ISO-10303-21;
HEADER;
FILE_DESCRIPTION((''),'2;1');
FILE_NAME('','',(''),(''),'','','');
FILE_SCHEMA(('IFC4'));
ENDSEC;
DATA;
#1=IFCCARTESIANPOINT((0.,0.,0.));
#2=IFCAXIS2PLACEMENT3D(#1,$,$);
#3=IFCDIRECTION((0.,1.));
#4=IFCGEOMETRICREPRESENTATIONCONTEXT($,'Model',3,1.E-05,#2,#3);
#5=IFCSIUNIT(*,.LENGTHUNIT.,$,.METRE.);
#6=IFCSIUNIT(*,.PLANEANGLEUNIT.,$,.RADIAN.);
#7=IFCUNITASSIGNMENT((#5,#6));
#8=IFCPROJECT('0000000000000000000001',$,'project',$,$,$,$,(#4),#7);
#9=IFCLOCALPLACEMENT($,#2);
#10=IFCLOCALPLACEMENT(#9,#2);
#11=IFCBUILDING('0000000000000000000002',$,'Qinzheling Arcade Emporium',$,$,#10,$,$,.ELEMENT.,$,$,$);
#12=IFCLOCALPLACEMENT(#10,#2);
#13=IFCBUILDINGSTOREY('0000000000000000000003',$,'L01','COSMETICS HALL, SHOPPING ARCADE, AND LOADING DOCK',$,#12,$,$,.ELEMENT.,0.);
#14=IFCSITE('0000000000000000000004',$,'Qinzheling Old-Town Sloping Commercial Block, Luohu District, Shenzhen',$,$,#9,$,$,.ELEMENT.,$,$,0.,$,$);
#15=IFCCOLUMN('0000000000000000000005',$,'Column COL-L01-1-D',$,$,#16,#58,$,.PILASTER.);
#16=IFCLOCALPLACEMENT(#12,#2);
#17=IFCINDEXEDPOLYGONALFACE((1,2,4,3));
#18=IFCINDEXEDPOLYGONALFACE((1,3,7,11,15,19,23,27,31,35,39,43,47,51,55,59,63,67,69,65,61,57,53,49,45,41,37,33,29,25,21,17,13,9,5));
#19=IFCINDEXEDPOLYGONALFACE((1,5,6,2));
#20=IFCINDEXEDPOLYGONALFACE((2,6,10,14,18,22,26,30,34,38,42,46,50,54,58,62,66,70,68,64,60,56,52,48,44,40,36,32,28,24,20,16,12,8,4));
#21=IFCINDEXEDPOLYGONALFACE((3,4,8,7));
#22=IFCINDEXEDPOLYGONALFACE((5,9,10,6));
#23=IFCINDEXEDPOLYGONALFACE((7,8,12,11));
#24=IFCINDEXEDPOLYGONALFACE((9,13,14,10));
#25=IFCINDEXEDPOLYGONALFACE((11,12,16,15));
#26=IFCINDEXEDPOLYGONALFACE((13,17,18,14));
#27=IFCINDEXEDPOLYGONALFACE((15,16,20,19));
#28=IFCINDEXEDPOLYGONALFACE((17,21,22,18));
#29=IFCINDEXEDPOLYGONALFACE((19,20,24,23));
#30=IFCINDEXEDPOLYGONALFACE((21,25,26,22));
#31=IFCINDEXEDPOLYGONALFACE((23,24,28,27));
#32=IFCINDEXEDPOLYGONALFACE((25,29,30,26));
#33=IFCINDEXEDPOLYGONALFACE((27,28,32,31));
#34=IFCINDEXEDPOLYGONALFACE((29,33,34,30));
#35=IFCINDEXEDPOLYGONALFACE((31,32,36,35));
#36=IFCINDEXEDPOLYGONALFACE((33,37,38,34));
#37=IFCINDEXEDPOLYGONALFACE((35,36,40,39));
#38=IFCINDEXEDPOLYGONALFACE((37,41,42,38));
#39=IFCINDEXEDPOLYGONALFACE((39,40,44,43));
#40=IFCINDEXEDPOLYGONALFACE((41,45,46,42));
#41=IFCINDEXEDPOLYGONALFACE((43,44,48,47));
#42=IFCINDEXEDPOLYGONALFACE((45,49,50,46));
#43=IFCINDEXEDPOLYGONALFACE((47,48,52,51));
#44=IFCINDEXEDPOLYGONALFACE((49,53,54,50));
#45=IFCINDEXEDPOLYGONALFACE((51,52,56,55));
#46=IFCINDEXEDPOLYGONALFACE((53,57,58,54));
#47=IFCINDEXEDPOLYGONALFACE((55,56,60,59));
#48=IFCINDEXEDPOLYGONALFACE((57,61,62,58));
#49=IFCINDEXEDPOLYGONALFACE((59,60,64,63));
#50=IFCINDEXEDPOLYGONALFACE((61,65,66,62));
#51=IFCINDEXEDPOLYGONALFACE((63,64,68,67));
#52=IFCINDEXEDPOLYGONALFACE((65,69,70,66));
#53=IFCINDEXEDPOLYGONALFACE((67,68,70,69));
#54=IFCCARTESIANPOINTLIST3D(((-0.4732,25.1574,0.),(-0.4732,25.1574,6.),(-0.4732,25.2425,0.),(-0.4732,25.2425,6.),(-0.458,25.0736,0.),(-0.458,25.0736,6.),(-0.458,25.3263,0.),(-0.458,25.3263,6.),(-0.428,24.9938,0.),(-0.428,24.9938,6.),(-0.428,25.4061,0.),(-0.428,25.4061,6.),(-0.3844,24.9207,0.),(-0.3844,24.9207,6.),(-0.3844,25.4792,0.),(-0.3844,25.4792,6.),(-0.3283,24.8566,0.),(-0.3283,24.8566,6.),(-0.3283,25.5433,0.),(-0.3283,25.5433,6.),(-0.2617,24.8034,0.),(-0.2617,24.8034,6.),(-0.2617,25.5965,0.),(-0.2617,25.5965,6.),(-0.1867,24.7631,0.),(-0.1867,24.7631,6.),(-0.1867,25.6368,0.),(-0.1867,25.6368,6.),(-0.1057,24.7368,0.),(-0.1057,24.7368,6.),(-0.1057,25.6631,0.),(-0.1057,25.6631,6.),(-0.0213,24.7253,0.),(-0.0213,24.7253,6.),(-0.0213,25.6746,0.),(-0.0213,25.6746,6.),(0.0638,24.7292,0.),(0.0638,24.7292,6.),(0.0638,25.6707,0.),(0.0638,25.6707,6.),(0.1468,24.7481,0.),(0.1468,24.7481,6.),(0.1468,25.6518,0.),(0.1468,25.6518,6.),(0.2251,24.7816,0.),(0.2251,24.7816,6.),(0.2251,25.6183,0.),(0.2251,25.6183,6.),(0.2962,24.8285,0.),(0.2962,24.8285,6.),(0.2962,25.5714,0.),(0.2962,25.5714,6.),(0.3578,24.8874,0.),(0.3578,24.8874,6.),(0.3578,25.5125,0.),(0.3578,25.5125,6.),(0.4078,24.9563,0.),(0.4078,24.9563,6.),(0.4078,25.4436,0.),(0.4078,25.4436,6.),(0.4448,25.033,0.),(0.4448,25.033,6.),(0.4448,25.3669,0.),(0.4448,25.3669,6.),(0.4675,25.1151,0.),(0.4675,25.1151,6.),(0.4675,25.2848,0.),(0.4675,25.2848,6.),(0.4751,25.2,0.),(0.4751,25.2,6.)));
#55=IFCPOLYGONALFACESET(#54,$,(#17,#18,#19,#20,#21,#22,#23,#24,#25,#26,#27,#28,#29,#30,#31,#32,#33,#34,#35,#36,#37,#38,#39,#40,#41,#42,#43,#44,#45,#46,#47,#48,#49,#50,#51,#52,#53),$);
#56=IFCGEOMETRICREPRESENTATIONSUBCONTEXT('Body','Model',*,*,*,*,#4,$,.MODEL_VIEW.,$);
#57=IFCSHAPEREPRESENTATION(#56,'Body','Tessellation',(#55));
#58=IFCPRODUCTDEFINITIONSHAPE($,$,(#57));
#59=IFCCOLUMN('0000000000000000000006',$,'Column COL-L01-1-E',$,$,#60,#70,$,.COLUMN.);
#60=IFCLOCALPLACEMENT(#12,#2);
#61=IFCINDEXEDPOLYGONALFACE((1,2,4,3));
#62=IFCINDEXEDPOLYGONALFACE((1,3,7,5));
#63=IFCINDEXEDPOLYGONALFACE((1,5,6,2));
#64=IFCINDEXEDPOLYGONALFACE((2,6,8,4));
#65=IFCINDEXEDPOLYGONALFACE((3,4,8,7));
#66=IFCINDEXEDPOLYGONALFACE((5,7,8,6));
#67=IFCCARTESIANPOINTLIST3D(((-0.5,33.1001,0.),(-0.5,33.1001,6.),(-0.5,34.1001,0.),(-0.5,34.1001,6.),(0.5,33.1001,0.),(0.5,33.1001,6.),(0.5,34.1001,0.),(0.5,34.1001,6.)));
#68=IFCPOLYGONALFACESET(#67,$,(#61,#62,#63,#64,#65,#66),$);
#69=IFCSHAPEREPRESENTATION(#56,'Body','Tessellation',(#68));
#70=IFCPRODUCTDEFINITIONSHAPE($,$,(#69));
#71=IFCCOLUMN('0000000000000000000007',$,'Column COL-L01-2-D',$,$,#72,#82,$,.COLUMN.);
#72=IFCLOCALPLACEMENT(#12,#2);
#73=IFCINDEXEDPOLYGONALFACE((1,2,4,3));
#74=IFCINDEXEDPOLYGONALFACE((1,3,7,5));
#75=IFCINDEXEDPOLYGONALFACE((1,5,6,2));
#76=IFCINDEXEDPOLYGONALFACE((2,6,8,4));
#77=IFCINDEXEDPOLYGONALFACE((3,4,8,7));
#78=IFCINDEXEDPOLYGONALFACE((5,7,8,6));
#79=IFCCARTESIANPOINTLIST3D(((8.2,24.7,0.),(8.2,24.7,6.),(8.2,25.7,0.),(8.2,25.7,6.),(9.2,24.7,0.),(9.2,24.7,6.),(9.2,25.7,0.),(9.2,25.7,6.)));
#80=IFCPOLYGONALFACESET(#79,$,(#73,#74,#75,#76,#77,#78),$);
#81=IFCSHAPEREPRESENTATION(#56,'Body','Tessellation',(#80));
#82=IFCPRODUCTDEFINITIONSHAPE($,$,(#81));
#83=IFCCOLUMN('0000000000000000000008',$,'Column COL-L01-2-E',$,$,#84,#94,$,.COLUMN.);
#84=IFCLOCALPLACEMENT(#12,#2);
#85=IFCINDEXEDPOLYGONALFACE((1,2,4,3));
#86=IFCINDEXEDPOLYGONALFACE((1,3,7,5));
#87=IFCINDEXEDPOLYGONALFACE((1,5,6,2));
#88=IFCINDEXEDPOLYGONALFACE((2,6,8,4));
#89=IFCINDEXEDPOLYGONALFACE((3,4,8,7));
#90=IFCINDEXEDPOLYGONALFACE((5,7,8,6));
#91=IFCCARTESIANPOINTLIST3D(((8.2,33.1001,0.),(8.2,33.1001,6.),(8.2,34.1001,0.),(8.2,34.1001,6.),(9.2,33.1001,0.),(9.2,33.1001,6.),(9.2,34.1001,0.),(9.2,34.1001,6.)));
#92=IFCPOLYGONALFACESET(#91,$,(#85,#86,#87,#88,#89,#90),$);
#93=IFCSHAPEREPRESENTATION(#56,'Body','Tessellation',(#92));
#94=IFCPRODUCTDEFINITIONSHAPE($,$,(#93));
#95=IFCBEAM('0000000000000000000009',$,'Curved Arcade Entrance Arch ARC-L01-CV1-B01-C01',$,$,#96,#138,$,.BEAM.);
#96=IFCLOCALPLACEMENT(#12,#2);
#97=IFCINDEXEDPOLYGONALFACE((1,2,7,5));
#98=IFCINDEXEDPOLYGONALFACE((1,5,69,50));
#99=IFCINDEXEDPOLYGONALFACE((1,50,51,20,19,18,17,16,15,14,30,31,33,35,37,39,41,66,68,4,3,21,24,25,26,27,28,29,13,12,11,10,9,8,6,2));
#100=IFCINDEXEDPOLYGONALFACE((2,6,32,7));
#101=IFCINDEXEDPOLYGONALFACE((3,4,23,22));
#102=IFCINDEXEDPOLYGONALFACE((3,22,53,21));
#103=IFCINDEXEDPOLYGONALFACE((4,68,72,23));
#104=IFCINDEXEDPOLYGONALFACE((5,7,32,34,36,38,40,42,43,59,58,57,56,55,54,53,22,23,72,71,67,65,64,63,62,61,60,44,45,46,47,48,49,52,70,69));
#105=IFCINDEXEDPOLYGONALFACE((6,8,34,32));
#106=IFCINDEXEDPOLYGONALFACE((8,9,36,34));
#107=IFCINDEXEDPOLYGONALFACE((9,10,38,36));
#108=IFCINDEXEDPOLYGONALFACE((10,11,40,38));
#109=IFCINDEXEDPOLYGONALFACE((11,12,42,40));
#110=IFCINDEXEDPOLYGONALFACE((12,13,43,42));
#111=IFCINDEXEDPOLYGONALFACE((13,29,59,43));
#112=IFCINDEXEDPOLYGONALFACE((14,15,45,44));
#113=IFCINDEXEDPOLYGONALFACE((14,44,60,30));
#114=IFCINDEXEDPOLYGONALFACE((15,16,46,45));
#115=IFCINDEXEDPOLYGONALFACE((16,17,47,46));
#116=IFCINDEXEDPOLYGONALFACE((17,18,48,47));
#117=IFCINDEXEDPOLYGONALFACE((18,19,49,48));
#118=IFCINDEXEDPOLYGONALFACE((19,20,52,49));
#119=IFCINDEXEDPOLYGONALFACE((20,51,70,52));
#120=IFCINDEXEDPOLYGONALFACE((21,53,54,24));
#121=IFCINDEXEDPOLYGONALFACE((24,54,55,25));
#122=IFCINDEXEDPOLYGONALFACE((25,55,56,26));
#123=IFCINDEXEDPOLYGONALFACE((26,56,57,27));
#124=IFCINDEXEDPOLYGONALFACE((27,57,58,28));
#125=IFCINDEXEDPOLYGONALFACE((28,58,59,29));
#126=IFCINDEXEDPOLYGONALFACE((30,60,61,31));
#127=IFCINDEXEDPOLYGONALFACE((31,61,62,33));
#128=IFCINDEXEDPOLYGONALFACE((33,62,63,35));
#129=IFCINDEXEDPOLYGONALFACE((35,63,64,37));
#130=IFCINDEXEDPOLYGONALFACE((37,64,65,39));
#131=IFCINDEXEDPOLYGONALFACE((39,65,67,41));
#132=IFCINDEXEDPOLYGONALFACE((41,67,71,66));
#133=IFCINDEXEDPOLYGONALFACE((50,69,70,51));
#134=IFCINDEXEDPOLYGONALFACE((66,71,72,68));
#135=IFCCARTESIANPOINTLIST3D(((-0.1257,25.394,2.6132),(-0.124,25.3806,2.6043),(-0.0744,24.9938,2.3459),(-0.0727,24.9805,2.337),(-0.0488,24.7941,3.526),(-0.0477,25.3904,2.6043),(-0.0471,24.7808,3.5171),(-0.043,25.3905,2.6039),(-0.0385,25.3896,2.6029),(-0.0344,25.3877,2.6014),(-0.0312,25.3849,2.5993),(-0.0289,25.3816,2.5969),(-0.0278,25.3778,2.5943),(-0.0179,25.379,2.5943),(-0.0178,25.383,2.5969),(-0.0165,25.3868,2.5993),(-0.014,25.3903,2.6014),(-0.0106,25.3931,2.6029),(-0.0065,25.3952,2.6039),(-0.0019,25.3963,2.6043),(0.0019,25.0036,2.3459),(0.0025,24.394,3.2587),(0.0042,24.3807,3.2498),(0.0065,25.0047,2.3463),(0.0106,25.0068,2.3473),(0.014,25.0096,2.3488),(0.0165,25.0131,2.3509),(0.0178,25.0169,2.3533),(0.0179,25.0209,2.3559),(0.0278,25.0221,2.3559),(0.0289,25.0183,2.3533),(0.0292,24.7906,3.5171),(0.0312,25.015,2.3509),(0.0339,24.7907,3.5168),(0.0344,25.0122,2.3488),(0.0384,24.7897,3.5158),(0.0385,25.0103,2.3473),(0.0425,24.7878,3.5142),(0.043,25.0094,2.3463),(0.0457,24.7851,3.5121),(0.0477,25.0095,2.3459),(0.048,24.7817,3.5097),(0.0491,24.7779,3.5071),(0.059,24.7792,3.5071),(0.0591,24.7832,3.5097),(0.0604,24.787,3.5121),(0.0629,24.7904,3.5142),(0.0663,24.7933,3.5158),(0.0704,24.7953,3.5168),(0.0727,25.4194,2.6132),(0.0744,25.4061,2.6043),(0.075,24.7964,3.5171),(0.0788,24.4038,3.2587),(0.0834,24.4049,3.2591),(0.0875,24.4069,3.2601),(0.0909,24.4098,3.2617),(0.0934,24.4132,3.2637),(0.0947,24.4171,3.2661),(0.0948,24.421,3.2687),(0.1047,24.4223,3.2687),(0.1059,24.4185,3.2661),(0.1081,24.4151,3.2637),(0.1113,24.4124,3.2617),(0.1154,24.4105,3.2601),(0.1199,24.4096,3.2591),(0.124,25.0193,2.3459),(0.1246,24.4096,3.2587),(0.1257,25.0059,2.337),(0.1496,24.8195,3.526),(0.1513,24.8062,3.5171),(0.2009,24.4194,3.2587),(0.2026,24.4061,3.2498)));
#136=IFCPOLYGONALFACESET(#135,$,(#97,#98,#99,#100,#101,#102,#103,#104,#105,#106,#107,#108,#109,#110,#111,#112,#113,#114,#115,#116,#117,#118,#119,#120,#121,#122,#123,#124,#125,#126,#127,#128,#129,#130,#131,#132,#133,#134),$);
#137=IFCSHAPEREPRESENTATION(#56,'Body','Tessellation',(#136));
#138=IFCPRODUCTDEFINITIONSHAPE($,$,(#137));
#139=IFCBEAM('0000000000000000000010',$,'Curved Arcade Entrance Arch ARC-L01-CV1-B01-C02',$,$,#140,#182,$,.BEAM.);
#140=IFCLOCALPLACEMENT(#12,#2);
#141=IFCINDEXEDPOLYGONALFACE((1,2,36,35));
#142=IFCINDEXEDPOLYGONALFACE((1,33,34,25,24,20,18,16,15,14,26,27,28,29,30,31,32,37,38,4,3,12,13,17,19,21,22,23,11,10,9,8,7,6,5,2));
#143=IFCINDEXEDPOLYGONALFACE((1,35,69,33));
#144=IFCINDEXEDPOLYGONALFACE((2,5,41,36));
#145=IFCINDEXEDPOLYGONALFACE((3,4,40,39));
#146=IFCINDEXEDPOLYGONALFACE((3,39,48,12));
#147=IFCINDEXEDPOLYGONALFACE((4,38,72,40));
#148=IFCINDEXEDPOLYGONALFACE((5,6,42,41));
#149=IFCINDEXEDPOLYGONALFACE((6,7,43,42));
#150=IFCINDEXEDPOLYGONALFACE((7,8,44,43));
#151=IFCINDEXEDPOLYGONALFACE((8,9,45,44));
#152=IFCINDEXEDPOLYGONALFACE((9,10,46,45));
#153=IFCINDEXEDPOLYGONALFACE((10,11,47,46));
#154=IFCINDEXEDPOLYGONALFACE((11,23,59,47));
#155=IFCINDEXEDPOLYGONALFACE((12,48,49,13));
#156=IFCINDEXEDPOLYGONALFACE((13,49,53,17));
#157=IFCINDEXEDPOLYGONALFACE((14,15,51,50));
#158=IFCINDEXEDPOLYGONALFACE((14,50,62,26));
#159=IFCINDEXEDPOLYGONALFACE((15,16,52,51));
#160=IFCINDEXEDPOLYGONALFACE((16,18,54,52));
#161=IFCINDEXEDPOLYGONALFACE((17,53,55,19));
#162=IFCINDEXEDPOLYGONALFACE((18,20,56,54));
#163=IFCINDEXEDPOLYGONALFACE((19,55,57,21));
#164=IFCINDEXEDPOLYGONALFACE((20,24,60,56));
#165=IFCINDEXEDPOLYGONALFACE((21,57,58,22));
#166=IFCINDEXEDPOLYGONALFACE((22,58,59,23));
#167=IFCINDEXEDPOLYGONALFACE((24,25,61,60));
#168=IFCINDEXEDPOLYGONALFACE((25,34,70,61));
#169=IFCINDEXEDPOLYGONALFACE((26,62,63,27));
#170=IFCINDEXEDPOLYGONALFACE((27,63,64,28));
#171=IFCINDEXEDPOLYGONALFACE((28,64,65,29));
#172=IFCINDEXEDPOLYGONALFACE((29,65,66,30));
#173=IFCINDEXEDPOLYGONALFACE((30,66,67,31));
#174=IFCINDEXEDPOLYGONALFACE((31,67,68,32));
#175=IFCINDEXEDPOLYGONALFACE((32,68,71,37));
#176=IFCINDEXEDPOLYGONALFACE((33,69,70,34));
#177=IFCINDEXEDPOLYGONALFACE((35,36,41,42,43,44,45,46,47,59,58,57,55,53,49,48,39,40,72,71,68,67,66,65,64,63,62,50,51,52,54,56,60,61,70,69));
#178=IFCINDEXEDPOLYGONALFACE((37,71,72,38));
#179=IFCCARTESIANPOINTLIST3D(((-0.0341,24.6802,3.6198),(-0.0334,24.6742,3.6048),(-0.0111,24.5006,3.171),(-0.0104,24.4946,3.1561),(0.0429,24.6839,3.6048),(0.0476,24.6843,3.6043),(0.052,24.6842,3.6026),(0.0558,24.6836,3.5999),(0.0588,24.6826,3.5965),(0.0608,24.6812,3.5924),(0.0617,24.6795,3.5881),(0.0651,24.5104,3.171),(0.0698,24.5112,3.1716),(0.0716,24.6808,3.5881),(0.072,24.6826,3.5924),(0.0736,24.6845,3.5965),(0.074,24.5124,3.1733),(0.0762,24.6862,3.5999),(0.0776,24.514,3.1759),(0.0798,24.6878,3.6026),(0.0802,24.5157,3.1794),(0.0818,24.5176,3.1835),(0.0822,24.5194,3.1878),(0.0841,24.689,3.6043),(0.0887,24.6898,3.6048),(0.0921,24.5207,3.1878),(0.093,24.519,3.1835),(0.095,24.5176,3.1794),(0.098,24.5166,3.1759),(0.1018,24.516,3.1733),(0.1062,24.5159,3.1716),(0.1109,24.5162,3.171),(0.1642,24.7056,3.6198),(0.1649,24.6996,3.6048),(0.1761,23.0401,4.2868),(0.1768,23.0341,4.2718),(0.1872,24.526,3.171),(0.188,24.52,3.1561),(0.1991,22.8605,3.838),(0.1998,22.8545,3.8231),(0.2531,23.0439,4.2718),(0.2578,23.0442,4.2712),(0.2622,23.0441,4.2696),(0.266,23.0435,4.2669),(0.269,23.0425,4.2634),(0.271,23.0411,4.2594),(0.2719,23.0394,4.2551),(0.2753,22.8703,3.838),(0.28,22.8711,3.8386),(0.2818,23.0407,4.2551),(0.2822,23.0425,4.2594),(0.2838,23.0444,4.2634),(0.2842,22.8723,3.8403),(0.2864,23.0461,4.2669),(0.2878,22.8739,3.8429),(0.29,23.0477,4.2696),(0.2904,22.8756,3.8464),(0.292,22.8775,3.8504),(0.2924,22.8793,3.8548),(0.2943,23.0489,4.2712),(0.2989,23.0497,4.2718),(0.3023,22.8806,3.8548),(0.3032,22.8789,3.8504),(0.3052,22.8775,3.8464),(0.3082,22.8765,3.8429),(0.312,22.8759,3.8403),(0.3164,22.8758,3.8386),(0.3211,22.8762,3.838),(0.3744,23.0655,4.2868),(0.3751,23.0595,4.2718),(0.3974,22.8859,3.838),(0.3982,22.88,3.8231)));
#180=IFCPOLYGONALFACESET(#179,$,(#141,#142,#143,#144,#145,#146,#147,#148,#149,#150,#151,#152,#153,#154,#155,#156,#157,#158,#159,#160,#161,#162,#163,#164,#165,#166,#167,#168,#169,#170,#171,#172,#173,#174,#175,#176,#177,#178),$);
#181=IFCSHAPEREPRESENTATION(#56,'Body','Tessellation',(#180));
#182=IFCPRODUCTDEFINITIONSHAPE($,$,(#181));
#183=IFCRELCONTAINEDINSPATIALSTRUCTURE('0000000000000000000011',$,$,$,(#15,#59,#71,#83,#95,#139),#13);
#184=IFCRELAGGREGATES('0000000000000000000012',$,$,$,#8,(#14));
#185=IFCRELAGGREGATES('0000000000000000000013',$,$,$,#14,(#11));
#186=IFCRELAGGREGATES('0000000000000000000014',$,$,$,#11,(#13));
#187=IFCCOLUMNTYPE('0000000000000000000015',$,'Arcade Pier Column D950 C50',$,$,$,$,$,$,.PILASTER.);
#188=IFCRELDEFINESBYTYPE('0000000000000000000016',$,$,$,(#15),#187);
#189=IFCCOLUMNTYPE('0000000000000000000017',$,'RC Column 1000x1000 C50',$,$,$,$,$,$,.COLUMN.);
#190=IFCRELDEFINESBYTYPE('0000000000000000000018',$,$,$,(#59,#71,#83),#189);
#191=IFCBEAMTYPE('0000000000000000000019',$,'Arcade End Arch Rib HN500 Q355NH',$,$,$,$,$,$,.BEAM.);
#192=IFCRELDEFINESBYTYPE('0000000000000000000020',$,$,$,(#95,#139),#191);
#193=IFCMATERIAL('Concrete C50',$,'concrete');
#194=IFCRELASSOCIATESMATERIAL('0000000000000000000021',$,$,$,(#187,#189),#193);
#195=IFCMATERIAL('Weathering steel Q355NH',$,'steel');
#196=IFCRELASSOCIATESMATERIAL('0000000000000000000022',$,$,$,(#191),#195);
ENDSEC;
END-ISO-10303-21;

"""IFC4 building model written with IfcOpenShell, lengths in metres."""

from ifc_helpers import new_model, si_unit, direction, frame, origin, origin_2d, place, context, subcontext, project, spatial, rectangle, circle, i_section, extrude, material, material_profile, profile_set, type_object, element, save


model = new_model("IFC4")

# Units and contexts
model_context = context("Model", 3, precision=1e-05, world=origin(), true_north=direction((0.0, 1.0)))
body_context = subcontext(model_context, "Body", "Model", "MODEL_VIEW")
ifc_project = project(units=[si_unit("LENGTHUNIT", "METRE"), si_unit("PLANEANGLEUNIT", "RADIAN")], contexts=[model_context])

# Site, building, storey
site_placement = place(None, origin())
site = spatial("IfcSite", under=ifc_project, at=site_placement, Name="Qinzheling Old-Town Sloping Commercial Block, Luohu District, Shenzhen", CompositionType="ELEMENT", RefElevation=0.0)
building_placement = place(site_placement, origin())
building = spatial("IfcBuilding", under=site, at=building_placement, Name="Qinzheling Arcade Emporium", CompositionType="ELEMENT")
storey_placement = place(building_placement, origin())
storey = spatial("IfcBuildingStorey", under=building, at=storey_placement, Name="L01", Description="COSMETICS HALL, SHOPPING ARCADE, AND LOADING DOCK", CompositionType="ELEMENT", Elevation=0.0)

# Columns
ifc_material_1 = material(Name="Concrete C50", Category="concrete")
ifc_material_profile_1 = material_profile(ifc_material_1, circle(Radius=0.4751, at=origin_2d()), Name="RC D950", Category="concrete")
ifc_profile_set_1 = profile_set([ifc_material_profile_1], Name="Concrete C50")
column_type_1 = type_object("IfcColumnType", Name="Arcade Pier Column D950 C50", PredefinedType="PILASTER", material=ifc_profile_set_1)
column_placement = place(storey_placement, frame((0.0, 25.2, 0.0), z_axis=(0.0, 0.0, 1.0), x_axis=(1.0, 0.0, 0.0)))
element("IfcColumn", 1, at=column_placement, inside=storey, type_object=column_type_1, Name="Column COL-L01-1-D", PredefinedType="PILASTER", context=body_context, shape_type="SweptSolid", body=[
    extrude(circle(Radius=0.4751, at=origin_2d()), origin(), (0.0, 0.0, 1.0), 6.0),
])
ifc_material_profile_2 = material_profile(ifc_material_1, rectangle(XDim=1.0, YDim=1.0, at=origin_2d()), Name="RC 1000x1000", Category="concrete")
ifc_profile_set_2 = profile_set([ifc_material_profile_2], Name="Concrete C50")
column_type_2 = type_object("IfcColumnType", Name="RC Column 1000x1000 C50", PredefinedType="COLUMN", material=ifc_profile_set_2)
for number, where, z_axis, x_axis, name in (
    (2, (0.0, 33.6001, 0.0), (0.0, 0.0, 1.0), (1.0, 0.0, 0.0), "Column COL-L01-1-E"),
    (3, (8.7, 25.2, 0.0), (0.0, 0.0, 1.0), (1.0, 0.0, 0.0), "Column COL-L01-2-D"),
    (4, (8.7, 33.6001, 0.0), (0.0, 0.0, 1.0), (1.0, 0.0, 0.0), "Column COL-L01-2-E"),
):
    element("IfcColumn", number, at=place(storey_placement, frame(where, z_axis=z_axis, x_axis=x_axis)), inside=storey, type_object=column_type_2, Name=name, PredefinedType="COLUMN", context=body_context, shape_type="SweptSolid", body=[
        extrude(rectangle(XDim=1.0, YDim=1.0, at=origin_2d()), origin(), (0.0, 0.0, 1.0), 6.0),
    ])

# Beams
ifc_material_2 = material(Name="Weathering steel Q355NH", Category="steel")
ifc_material_profile_3 = material_profile(ifc_material_2, i_section(OverallWidth=0.2, OverallDepth=0.5, WebThickness=0.01, FlangeThickness=0.0161, FilletRadius=0.0181, at=origin_2d()), Name="HN 500x200x10x16", Category="steel")
ifc_profile_set_3 = profile_set([ifc_material_profile_3], Name="Weathering steel Q355NH")
beam_type_1 = type_object("IfcBeamType", Name="Arcade End Arch Rib HN500 Q355NH", PredefinedType="BEAM", material=ifc_profile_set_3)
beam_1_placement = place(storey_placement, frame((0.0, 25.2, 2.4751), z_axis=(0.070232, -0.547813, 0.833648), x_axis=(0.991882, 0.127164, 0.0)))
element("IfcBeam", 5, at=beam_1_placement, inside=storey, type_object=beam_type_1, Name="Curved Arcade Entrance Arch ARC-L01-CV1-B01-C01", PredefinedType="BEAM", context=body_context, shape_type="SweptSolid", body=[
    extrude(i_section(OverallWidth=0.2, OverallDepth=0.5, WebThickness=0.01, FlangeThickness=0.0161, FilletRadius=0.0181, at=origin_2d()), origin(), (0.0, 0.0, 1.0), 1.095),
])
beam_2_placement = place(storey_placement, frame((0.0769, 24.6001, 3.3879), z_axis=(0.117894, -0.919871, 0.374083), x_axis=(0.991887, 0.127123, 0.0)))
element("IfcBeam", 6, at=beam_2_placement, inside=storey, type_object=beam_type_1, Name="Curved Arcade Entrance Arch ARC-L01-CV1-B01-C02", PredefinedType="BEAM", context=body_context, shape_type="SweptSolid", body=[
    extrude(i_section(OverallWidth=0.2, OverallDepth=0.5, WebThickness=0.01, FlangeThickness=0.0161, FilletRadius=0.0181, at=origin_2d()), origin(), (0.0, 0.0, 1.0), 1.783),
])

save(model, "model.ifc")
